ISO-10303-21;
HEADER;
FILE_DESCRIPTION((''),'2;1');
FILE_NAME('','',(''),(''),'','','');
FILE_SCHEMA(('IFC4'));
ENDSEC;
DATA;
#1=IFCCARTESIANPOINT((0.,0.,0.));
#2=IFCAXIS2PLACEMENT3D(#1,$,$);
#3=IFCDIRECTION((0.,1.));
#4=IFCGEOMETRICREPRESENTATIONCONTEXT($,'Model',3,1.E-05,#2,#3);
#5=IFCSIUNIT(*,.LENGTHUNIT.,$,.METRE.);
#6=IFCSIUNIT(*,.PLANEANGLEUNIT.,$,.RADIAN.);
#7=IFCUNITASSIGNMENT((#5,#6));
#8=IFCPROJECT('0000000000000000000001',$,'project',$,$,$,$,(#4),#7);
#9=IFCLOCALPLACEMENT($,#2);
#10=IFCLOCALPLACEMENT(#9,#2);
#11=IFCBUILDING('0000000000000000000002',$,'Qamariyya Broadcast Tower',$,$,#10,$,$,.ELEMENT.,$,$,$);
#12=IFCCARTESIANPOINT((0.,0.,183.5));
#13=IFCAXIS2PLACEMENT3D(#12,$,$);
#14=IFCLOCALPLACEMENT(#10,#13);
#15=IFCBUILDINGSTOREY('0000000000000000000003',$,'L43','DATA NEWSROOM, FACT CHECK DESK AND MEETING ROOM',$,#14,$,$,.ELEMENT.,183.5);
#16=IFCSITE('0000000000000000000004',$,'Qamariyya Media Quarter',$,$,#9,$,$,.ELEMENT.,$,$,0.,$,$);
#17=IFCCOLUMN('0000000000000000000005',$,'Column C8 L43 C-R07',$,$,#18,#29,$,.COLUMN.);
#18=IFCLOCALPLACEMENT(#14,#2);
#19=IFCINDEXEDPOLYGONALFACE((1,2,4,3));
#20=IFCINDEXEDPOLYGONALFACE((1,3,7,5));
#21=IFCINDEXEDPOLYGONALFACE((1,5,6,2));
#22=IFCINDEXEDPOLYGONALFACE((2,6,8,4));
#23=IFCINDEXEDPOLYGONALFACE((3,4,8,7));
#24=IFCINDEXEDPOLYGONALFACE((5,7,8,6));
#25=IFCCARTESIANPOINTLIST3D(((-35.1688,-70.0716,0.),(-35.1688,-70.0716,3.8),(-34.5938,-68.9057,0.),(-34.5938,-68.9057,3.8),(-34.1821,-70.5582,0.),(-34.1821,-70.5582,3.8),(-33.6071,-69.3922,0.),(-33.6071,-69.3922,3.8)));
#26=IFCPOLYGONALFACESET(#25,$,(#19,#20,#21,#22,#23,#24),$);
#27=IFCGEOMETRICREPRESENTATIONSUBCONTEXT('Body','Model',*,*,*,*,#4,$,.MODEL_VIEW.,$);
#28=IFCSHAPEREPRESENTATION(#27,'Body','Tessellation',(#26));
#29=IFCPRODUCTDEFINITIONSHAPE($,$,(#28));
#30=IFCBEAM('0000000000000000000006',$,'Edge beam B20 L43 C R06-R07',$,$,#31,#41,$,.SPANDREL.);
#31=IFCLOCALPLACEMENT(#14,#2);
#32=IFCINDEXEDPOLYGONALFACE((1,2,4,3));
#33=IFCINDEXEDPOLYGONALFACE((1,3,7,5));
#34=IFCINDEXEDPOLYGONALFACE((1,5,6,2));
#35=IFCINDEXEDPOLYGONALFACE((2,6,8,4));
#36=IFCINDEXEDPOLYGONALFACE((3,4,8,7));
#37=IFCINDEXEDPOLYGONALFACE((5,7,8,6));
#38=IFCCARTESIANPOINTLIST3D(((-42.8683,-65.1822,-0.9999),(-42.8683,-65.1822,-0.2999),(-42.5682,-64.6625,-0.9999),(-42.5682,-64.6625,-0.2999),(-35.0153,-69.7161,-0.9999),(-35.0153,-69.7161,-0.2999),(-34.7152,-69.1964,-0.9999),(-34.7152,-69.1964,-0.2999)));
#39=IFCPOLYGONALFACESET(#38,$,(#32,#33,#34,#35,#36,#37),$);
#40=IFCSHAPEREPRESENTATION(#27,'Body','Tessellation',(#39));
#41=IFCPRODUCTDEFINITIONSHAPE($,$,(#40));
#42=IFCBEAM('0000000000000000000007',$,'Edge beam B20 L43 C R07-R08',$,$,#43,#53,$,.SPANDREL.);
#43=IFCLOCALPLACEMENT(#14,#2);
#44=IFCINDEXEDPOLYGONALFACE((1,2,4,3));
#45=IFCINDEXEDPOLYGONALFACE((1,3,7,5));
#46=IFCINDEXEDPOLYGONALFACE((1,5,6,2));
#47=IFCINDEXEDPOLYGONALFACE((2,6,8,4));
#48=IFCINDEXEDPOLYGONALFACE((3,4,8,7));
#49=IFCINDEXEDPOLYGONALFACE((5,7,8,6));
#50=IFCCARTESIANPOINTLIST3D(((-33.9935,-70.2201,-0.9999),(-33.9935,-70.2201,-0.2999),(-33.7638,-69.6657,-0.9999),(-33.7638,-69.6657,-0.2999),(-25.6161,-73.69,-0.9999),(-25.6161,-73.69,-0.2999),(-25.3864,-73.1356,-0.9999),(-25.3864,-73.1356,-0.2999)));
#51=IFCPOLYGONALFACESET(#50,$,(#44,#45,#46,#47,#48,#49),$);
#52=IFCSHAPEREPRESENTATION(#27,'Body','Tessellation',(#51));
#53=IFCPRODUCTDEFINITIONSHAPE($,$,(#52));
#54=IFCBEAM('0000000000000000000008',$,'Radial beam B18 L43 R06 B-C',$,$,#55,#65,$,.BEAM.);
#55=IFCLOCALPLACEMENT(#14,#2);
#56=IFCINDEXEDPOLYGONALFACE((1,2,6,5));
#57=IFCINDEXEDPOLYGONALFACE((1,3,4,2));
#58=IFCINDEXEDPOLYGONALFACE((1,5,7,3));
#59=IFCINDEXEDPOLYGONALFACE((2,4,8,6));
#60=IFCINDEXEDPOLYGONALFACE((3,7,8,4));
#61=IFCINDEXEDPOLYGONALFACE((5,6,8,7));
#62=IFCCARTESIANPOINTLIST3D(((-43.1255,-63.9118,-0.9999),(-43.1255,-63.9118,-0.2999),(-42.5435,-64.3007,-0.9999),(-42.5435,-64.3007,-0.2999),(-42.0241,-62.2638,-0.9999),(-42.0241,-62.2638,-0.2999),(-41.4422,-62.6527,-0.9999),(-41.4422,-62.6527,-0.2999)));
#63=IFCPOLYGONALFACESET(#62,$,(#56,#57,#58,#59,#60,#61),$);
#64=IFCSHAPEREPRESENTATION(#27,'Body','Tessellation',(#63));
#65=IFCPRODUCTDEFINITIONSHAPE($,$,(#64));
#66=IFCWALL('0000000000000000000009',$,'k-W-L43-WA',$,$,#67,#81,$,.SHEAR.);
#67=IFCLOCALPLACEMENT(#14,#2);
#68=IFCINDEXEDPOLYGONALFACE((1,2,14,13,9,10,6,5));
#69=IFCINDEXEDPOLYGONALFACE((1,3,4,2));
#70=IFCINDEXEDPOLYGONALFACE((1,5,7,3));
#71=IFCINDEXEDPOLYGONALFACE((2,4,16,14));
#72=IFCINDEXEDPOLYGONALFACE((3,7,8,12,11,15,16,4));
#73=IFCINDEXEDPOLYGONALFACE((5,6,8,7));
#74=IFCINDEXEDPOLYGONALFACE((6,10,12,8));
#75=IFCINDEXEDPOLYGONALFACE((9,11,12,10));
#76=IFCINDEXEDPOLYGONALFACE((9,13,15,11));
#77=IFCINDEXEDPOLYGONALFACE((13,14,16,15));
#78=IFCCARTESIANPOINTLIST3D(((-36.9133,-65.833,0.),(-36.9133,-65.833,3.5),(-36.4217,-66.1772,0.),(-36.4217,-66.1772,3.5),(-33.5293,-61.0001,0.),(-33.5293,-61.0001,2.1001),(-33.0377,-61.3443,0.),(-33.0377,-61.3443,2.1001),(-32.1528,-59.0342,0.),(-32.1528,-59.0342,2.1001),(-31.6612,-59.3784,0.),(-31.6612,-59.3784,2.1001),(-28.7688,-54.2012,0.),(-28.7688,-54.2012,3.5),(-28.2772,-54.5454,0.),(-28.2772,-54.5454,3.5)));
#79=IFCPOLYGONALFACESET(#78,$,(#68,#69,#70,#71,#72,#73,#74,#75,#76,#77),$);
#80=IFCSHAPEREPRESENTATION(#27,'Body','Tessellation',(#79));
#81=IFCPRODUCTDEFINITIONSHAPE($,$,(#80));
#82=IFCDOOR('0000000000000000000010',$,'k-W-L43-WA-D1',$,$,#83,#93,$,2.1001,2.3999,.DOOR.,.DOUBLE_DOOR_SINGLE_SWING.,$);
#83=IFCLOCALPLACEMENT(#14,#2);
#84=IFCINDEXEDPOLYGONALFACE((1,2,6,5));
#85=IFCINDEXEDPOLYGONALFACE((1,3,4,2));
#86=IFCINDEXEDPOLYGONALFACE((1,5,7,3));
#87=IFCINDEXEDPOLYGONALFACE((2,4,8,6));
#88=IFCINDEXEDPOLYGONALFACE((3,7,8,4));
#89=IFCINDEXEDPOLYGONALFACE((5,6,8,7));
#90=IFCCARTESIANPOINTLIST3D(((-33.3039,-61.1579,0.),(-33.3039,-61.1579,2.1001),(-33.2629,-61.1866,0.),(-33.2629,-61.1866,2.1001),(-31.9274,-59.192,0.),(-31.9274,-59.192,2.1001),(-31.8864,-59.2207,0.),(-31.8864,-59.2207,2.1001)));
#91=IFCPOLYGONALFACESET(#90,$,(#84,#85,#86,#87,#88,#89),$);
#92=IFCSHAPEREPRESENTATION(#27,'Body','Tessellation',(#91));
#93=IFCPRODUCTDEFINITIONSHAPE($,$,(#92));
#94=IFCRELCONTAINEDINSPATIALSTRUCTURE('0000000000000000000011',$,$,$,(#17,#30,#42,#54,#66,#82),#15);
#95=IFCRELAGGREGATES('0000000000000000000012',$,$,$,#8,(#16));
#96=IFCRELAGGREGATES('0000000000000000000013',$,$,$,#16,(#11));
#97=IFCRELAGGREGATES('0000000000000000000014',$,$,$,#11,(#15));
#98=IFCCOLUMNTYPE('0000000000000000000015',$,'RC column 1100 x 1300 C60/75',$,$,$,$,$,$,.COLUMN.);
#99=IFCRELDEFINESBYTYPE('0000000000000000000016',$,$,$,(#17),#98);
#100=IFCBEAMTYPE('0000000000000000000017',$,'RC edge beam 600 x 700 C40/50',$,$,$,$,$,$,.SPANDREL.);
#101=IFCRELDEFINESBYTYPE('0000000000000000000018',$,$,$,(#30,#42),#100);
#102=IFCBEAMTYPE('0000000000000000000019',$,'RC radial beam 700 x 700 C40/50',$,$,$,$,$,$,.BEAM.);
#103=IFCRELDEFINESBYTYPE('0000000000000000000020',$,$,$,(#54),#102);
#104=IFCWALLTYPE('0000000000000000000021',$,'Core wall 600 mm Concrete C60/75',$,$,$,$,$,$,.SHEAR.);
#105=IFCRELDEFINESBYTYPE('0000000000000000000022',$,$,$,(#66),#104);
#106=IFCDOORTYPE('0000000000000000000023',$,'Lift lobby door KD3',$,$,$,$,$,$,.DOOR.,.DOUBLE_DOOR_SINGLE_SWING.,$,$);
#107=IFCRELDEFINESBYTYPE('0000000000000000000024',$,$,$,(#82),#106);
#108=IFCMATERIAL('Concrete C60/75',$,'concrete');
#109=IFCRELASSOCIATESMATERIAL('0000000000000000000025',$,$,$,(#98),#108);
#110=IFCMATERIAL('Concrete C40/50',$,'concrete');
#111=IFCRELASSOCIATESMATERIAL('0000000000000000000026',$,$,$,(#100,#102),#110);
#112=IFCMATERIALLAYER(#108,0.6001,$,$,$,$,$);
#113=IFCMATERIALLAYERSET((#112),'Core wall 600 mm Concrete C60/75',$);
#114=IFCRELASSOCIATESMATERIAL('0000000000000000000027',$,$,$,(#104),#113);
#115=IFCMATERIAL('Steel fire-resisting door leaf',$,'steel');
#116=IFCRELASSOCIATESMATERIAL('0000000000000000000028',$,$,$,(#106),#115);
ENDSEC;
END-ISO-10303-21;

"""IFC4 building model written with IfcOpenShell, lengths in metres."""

from ifc_helpers import new_model, si_unit, direction, frame, frame_2d, origin, origin_2d, place, context, subcontext, project, spatial, rectangle, extrude, material, layer, layer_set, material_profile, profile_set, type_object, element, fill, save


model = new_model("IFC4")

# Units and contexts
model_context = context("Model", 3, precision=1e-05, world=origin(), true_north=direction((0.0, 1.0)))
body_context = subcontext(model_context, "Body", "Model", "MODEL_VIEW")
ifc_project = project(units=[si_unit("LENGTHUNIT", "METRE"), si_unit("PLANEANGLEUNIT", "RADIAN")], contexts=[model_context])

# Site, building, storey
site_placement = place(None, origin())
site = spatial("IfcSite", under=ifc_project, at=site_placement, Name="Qamariyya Media Quarter", CompositionType="ELEMENT", RefElevation=0.0)
building_placement = place(site_placement, origin())
building = spatial("IfcBuilding", under=site, at=building_placement, Name="Qamariyya Broadcast Tower", CompositionType="ELEMENT")
storey_placement = place(building_placement, frame((0.0, 0.0, 183.5)))
storey = spatial("IfcBuildingStorey", under=building, at=storey_placement, Name="L43", Description="DATA NEWSROOM, FACT CHECK DESK AND MEETING ROOM", CompositionType="ELEMENT", Elevation=183.5)

# Column
ifc_material_1 = material(Name="Concrete C60/75", Category="concrete")
ifc_material_profile_1 = material_profile(ifc_material_1, rectangle(XDim=1.1001, YDim=1.3, at=origin_2d()))
ifc_profile_set_1 = profile_set([ifc_material_profile_1], Name="Concrete C60/75")
column_type = type_object("IfcColumnType", Name="RC column 1100 x 1300 C60/75", PredefinedType="COLUMN", material=ifc_profile_set_1)
column_placement = place(storey_placement, frame((-34.3879, -69.7319, 0.0), z_axis=(0.0, 0.0, 1.0), x_axis=(0.896873, -0.442289, 0.0)))
element("IfcColumn", 1, at=column_placement, inside=storey, type_object=column_type, Name="Column C8 L43 C-R07", PredefinedType="COLUMN", context=body_context, shape_type="SweptSolid", body=[
    extrude(rectangle(XDim=1.1001, YDim=1.3, at=origin_2d()), origin(), (0.0, 0.0, 1.0), 3.8),
])

# Beams
ifc_material_2 = material(Name="Concrete C40/50", Category="concrete")
ifc_material_profile_2 = material_profile(ifc_material_2, rectangle(XDim=0.6001, YDim=0.7, at=origin_2d()))
ifc_profile_set_2 = profile_set([ifc_material_profile_2], Name="Concrete C40/50")
beam_type_1 = type_object("IfcBeamType", Name="RC edge beam 600 x 700 C40/50", PredefinedType="SPANDREL", material=ifc_profile_set_2)
beam_1_placement = place(storey_placement, frame((-42.7183, -64.9224, -0.6499), z_axis=(0.866026, -0.499999, 0.0), x_axis=(0.499999, 0.866026, 0.0)))
element("IfcBeam", 2, at=beam_1_placement, inside=storey, type_object=beam_type_1, Name="Edge beam B20 L43 C R06-R07", PredefinedType="SPANDREL", context=body_context, shape_type="SweptSolid", body=[
    extrude(rectangle(XDim=0.6001, YDim=0.7, at=origin_2d()), origin(), (0.0, 0.0, 1.0), 9.0679),
])
beam_2_placement = place(storey_placement, frame((-33.8787, -69.9429, -0.6499), z_axis=(0.923883, -0.382676, 0.0), x_axis=(0.382676, 0.923883, 0.0)))
element("IfcBeam", 3, at=beam_2_placement, inside=storey, type_object=beam_type_1, Name="Edge beam B20 L43 C R07-R08", PredefinedType="SPANDREL", context=body_context, shape_type="SweptSolid", body=[
    extrude(rectangle(XDim=0.6001, YDim=0.7, at=origin_2d()), origin(), (0.0, 0.0, 1.0), 9.0676),
])
ifc_material_profile_3 = material_profile(ifc_material_2, rectangle(XDim=0.7, YDim=0.7, at=origin_2d()))
ifc_profile_set_3 = profile_set([ifc_material_profile_3], Name="Concrete C40/50")
beam_type_2 = type_object("IfcBeamType", Name="RC radial beam 700 x 700 C40/50", PredefinedType="BEAM", material=ifc_profile_set_3)
beam_3_placement = place(storey_placement, frame((-41.7332, -62.4583, -0.6499), z_axis=(-0.555638, -0.831424, 0.0), x_axis=(0.831424, -0.555638, 0.0)))
element("IfcBeam", 4, at=beam_3_placement, inside=storey, type_object=beam_type_2, Name="Radial beam B18 L43 R06 B-C", PredefinedType="BEAM", context=body_context, shape_type="SweptSolid", body=[
    extrude(rectangle(XDim=0.7, YDim=0.7, at=origin_2d()), origin(), (0.0, 0.0, 1.0), 1.9822),
])

# Wall, opening, door
ifc_layer_1 = layer(ifc_material_1, 0.6001)
ifc_layer_set_1 = layer_set([ifc_layer_1], Name="Core wall 600 mm Concrete C60/75")
wall_type_1 = type_object("IfcWallType", Name="Core wall 600 mm Concrete C60/75", PredefinedType="SHEAR", material=ifc_layer_set_1)
wall_1_placement = place(storey_placement, frame((-36.6675, -66.0051, 0.0), z_axis=(0.0, 0.0, 1.0), x_axis=(0.573568, 0.819158, 0.0)))
wall_1 = element("IfcWall", 5, at=wall_1_placement, inside=storey, type_object=wall_type_1, Name="k-W-L43-WA", PredefinedType="SHEAR", context=body_context, shape_type="SweptSolid", body=[
    extrude(rectangle(XDim=14.1997, YDim=0.6001, at=frame_2d((7.0999, 0.0))), origin(), (0.0, 0.0, 1.0), 3.5),
])
opening_1_placement = place(wall_1_placement, frame((5.8999, 0.0, 0.0)))
opening_1 = element("IfcOpeningElement", 6, at=opening_1_placement, cuts=wall_1, PredefinedType="OPENING", context=body_context, shape_type="SweptSolid", body=[
    extrude(rectangle(XDim=2.3999, YDim=2.1001, at=frame_2d((1.2, 1.05))), frame((0.0, 0.3101, 0.0), z_axis=(0.0, -1.0, 0.0), x_axis=(1.0, 0.0, 0.0)), (0.0, 0.0, 1.0), 0.6201),
])
ifc_material_3 = material(Name="Steel fire-resisting door leaf", Category="steel")
door_type_1 = type_object("IfcDoorType", Name="Lift lobby door KD3", OperationType="DOUBLE_DOOR_SINGLE_SWING", PredefinedType="DOOR", material=ifc_material_3)
door_1_placement = place(opening_1_placement, origin())
door_1 = element("IfcDoor", 7, at=door_1_placement, inside=storey, type_object=door_type_1, Name="k-W-L43-WA-D1", OperationType="DOUBLE_DOOR_SINGLE_SWING", OverallHeight=2.1001, OverallWidth=2.3999, PredefinedType="DOOR", context=body_context, shape_type="SweptSolid", body=[
    extrude(rectangle(XDim=2.3999, YDim=2.1001, at=frame_2d((1.2, 1.05))), frame((0.0, 0.0249, 0.0), z_axis=(0.0, -1.0, 0.0), x_axis=(1.0, 0.0, 0.0)), (0.0, 0.0, 1.0), 0.05),
])
fill(opening_1, door_1)

save(model, "model.ifc")
